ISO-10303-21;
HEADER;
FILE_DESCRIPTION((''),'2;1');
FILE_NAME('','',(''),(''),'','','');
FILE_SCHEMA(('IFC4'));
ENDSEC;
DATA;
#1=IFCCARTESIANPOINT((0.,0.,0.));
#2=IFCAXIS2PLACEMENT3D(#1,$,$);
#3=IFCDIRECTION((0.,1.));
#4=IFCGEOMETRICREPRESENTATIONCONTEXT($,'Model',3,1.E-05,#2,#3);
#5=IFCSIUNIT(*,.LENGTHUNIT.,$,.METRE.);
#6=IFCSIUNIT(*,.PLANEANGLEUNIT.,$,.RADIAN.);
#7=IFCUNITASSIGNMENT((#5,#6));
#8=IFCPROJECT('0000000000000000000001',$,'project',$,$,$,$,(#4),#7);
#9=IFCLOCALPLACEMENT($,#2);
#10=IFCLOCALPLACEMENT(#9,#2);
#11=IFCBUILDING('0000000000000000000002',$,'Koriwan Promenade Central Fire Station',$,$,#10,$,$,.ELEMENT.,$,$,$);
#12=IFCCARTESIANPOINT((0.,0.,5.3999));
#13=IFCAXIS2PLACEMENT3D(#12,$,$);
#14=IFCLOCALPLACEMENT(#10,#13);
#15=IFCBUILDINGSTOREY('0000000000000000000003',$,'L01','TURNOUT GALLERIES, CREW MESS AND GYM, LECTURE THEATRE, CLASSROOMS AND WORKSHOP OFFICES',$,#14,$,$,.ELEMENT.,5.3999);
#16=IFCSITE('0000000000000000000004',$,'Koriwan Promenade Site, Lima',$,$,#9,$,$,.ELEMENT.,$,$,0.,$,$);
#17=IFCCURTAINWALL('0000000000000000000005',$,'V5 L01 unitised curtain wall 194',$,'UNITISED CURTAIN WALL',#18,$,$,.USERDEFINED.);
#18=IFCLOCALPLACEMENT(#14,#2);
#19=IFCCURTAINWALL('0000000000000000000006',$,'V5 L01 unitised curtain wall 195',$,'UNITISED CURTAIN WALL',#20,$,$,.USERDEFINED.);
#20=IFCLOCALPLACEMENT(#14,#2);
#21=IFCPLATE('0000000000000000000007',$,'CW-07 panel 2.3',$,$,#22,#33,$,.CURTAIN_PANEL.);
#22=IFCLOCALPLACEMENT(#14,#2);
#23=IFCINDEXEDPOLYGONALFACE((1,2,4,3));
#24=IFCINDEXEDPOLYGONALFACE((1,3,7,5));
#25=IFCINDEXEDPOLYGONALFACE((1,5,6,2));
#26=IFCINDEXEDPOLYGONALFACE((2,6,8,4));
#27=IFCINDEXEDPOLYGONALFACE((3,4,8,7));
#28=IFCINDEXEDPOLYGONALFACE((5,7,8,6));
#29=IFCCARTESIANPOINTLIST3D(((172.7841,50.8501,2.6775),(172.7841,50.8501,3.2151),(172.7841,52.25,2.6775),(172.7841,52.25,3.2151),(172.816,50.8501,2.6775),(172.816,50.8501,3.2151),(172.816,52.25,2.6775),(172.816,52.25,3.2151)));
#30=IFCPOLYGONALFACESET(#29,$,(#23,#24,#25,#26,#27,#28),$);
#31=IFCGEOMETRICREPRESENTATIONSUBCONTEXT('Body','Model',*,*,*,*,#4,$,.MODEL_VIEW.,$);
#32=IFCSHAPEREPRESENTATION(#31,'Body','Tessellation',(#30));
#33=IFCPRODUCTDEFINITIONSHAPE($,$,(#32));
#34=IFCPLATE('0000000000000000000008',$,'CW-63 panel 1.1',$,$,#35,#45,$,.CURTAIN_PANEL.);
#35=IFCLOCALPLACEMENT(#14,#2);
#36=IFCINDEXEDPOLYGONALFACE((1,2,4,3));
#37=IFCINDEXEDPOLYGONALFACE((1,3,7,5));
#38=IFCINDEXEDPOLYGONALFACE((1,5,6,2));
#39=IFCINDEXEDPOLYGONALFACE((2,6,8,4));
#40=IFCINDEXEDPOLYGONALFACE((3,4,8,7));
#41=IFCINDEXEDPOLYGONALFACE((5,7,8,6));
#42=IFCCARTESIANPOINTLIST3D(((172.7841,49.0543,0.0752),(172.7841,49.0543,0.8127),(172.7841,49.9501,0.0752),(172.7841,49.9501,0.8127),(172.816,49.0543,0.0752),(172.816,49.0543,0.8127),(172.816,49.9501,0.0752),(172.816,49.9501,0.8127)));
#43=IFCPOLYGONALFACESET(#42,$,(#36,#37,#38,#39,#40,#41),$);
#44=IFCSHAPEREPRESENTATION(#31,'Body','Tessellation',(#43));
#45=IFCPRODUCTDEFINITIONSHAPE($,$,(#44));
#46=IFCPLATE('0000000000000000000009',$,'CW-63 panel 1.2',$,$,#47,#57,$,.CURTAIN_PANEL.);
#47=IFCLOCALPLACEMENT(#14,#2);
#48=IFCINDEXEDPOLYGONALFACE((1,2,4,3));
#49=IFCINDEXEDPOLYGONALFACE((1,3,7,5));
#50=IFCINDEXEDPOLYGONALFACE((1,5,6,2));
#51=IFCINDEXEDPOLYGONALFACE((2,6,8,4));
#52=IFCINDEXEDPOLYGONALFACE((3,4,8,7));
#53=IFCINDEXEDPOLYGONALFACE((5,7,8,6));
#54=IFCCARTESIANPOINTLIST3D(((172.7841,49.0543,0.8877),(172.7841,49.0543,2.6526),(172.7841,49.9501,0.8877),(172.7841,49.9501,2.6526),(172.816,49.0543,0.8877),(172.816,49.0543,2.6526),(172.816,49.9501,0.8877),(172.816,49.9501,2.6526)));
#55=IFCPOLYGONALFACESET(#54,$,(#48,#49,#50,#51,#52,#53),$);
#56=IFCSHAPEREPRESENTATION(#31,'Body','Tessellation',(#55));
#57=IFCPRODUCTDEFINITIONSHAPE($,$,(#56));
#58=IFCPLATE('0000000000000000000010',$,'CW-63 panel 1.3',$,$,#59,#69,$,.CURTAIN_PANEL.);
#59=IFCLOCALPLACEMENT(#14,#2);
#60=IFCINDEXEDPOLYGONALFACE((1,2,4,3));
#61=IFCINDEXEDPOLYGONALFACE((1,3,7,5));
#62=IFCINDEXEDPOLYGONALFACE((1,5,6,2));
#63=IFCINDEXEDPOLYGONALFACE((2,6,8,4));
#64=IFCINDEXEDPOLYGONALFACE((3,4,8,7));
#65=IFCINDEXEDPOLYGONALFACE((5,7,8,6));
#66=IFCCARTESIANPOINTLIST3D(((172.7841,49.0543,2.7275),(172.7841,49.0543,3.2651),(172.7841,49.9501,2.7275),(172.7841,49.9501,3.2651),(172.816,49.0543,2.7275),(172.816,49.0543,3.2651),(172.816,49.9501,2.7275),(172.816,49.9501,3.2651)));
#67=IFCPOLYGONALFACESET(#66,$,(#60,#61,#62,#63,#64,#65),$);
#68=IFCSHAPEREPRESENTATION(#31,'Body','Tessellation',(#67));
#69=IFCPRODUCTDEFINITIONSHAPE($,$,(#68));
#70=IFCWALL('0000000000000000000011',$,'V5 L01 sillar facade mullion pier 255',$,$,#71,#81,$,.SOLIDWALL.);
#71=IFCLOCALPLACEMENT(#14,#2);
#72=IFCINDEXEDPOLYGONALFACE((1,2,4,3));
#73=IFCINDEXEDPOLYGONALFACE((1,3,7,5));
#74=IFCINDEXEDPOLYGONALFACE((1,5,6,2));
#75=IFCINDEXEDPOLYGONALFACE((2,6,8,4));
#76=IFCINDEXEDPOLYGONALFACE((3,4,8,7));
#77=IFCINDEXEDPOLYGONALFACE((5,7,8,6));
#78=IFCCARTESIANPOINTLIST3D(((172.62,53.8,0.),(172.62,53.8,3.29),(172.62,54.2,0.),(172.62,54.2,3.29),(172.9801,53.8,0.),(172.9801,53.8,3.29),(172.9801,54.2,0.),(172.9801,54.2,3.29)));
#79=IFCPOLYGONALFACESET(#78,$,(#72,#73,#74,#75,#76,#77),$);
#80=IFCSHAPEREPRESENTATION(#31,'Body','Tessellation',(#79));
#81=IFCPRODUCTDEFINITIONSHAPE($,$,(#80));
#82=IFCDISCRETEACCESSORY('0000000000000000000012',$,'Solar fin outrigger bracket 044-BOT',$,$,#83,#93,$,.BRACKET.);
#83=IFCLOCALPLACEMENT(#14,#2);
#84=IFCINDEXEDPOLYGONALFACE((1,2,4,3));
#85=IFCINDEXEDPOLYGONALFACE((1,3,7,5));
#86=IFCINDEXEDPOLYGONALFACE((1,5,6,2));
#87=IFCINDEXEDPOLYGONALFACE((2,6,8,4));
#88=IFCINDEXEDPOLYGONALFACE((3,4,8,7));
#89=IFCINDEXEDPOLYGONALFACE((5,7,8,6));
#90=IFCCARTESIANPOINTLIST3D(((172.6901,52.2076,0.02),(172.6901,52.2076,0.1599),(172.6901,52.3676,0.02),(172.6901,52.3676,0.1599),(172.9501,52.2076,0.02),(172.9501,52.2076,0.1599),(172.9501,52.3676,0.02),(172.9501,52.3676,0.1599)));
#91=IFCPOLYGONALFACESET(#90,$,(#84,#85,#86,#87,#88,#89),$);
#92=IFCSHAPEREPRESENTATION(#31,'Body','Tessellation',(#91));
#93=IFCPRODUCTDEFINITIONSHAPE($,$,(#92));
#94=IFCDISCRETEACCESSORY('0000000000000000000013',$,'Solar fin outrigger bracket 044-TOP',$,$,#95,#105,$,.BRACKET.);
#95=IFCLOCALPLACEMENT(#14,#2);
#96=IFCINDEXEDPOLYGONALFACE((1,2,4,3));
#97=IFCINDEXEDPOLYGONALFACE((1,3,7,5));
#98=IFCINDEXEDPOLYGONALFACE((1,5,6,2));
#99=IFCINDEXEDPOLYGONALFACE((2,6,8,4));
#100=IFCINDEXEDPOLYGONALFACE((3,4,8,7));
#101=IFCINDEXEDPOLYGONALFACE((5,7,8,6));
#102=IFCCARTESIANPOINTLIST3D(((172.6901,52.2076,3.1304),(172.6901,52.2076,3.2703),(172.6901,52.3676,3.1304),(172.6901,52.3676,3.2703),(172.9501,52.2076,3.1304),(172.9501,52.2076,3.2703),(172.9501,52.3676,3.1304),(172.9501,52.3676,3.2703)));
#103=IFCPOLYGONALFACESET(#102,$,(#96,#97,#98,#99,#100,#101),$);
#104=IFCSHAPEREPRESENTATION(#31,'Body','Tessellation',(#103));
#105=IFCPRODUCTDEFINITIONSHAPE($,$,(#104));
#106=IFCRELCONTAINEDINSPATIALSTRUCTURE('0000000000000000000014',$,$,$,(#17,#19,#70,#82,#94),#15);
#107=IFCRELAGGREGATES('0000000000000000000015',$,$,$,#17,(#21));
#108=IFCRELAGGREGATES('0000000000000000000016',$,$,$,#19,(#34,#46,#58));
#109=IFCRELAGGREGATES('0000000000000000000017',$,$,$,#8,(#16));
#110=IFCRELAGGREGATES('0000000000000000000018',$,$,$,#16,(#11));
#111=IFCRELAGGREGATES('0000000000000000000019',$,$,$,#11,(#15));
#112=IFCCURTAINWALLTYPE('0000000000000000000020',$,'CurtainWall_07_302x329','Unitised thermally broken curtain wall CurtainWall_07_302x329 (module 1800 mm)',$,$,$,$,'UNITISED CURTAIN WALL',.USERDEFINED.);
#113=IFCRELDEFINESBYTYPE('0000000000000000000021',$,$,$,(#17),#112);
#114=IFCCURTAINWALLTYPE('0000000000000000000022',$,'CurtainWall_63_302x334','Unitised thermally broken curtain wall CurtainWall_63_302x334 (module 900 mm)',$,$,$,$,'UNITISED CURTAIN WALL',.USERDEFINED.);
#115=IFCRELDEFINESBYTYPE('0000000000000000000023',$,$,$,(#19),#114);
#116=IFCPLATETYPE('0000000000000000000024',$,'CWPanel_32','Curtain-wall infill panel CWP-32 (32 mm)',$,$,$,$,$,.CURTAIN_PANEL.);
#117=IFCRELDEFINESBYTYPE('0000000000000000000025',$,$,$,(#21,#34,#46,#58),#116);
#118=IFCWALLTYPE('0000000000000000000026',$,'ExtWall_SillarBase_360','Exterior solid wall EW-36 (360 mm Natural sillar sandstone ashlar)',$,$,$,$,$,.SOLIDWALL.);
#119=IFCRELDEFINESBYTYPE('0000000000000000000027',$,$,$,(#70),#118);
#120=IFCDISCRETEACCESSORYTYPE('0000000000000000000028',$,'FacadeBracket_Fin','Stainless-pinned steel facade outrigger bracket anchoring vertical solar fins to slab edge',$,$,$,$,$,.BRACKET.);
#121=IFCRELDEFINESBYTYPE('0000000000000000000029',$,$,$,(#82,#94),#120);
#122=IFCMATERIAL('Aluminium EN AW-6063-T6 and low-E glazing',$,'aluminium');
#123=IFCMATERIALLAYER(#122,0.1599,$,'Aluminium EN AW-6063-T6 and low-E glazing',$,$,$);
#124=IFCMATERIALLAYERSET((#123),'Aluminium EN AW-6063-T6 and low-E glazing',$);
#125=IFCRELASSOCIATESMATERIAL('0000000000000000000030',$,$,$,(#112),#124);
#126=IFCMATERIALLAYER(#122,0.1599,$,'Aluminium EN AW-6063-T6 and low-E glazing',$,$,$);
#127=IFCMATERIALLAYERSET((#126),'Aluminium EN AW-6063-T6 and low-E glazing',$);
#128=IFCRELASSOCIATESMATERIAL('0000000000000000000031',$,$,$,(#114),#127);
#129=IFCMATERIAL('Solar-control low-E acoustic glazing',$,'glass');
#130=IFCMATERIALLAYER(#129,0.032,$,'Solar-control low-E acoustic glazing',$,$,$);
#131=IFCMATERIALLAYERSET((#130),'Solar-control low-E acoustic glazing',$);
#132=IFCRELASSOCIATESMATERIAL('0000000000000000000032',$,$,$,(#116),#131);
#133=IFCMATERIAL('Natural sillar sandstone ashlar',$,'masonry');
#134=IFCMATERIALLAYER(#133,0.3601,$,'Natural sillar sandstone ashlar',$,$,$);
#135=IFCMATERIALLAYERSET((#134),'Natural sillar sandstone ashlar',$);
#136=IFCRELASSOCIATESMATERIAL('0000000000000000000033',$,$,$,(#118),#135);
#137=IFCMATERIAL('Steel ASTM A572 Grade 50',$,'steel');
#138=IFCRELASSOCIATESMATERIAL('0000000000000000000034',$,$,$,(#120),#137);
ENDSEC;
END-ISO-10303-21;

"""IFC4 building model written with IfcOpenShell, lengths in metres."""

from ifc_helpers import new_model, si_unit, direction, frame, frame_2d, origin, origin_2d, place, context, subcontext, project, spatial, rectangle, extrude, material, layer, layer_set, type_object, element, aggregate, save


model = new_model("IFC4")

# Units and contexts
model_context = context("Model", 3, precision=1e-05, world=origin(), true_north=direction((0.0, 1.0)))
body_context = subcontext(model_context, "Body", "Model", "MODEL_VIEW")
ifc_project = project(units=[si_unit("LENGTHUNIT", "METRE"), si_unit("PLANEANGLEUNIT", "RADIAN")], contexts=[model_context])

# Site, building, storey
site_placement = place(None, origin())
site = spatial("IfcSite", under=ifc_project, at=site_placement, Name="Koriwan Promenade Site, Lima", CompositionType="ELEMENT", RefElevation=0.0)
building_placement = place(site_placement, origin())
building = spatial("IfcBuilding", under=site, at=building_placement, Name="Koriwan Promenade Central Fire Station", CompositionType="ELEMENT")
storey_placement = place(building_placement, frame((0.0, 0.0, 5.3999)))
storey = spatial("IfcBuildingStorey", under=building, at=storey_placement, Name="L01", Description="TURNOUT GALLERIES, CREW MESS AND GYM, LECTURE THEATRE, CLASSROOMS AND WORKSHOP OFFICES", CompositionType="ELEMENT", Elevation=5.3999)

# Shared definitions
ifc_material_1 = material(Name="Aluminium EN AW-6063-T6 and low-E glazing", Category="aluminium")

# Curtain wall
ifc_layer_1 = layer(ifc_material_1, 0.1599, Name="Aluminium EN AW-6063-T6 and low-E glazing")
ifc_layer_set_1 = layer_set([ifc_layer_1], Name="Aluminium EN AW-6063-T6 and low-E glazing")
curtain_wall_type_1 = type_object("IfcCurtainWallType", Name="CurtainWall_07_302x329", Description="Unitised thermally broken curtain wall CurtainWall_07_302x329 (module 1800 mm)", ElementType="UNITISED CURTAIN WALL", PredefinedType="USERDEFINED", material=ifc_layer_set_1)
curtain_wall_1_placement = place(storey_placement, origin())
curtain_wall_1 = element("IfcCurtainWall", 1, at=curtain_wall_1_placement, inside=storey, type_object=curtain_wall_type_1, Name="V5 L01 unitised curtain wall 194", ObjectType="UNITISED CURTAIN WALL", PredefinedType="USERDEFINED")

# Curtain wall
ifc_layer_2 = layer(ifc_material_1, 0.1599, Name="Aluminium EN AW-6063-T6 and low-E glazing")
ifc_layer_set_2 = layer_set([ifc_layer_2], Name="Aluminium EN AW-6063-T6 and low-E glazing")
curtain_wall_type_2 = type_object("IfcCurtainWallType", Name="CurtainWall_63_302x334", Description="Unitised thermally broken curtain wall CurtainWall_63_302x334 (module 900 mm)", ElementType="UNITISED CURTAIN WALL", PredefinedType="USERDEFINED", material=ifc_layer_set_2)
curtain_wall_2_placement = place(storey_placement, origin())
curtain_wall_2 = element("IfcCurtainWall", 2, at=curtain_wall_2_placement, inside=storey, type_object=curtain_wall_type_2, Name="V5 L01 unitised curtain wall 195", ObjectType="UNITISED CURTAIN WALL", PredefinedType="USERDEFINED")

# Plates
ifc_material_2 = material(Name="Solar-control low-E acoustic glazing", Category="glass")
ifc_layer_3 = layer(ifc_material_2, 0.032, Name="Solar-control low-E acoustic glazing")
ifc_layer_set_3 = layer_set([ifc_layer_3], Name="Solar-control low-E acoustic glazing")
plate_type = type_object("IfcPlateType", Name="CWPanel_32", Description="Curtain-wall infill panel CWP-32 (32 mm)", PredefinedType="CURTAIN_PANEL", material=ifc_layer_set_3)
plate_1_placement = place(storey_placement, frame((172.8, 51.55, 2.6775), z_axis=(0.0, 0.0, 1.0), x_axis=(0.0, -1.0, 0.0)))
plate_1 = element("IfcPlate", 3, at=plate_1_placement, type_object=plate_type, Name="CW-07 panel 2.3", PredefinedType="CURTAIN_PANEL", context=body_context, shape_type="SweptSolid", body=[
    extrude(rectangle(XDim=1.3999, YDim=0.032, at=origin_2d()), origin(), (0.0, 0.0, 1.0), 0.5376),
])
aggregate(curtain_wall_1, [plate_1])
plate_2_placement = place(storey_placement, frame((172.8, 49.5022, 0.0752), z_axis=(0.0, 0.0, 1.0), x_axis=(0.0, -1.0, 0.0)))
plate_2 = element("IfcPlate", 4, at=plate_2_placement, type_object=plate_type, Name="CW-63 panel 1.1", PredefinedType="CURTAIN_PANEL", context=body_context, shape_type="SweptSolid", body=[
    extrude(rectangle(XDim=0.8958, YDim=0.032, at=origin_2d()), origin(), (0.0, 0.0, 1.0), 0.7375),
])
plate_3_placement = place(storey_placement, frame((172.8, 49.5022, 0.8877), z_axis=(0.0, 0.0, 1.0), x_axis=(0.0, -1.0, 0.0)))
plate_3 = element("IfcPlate", 5, at=plate_3_placement, type_object=plate_type, Name="CW-63 panel 1.2", PredefinedType="CURTAIN_PANEL", context=body_context, shape_type="SweptSolid", body=[
    extrude(rectangle(XDim=0.8958, YDim=0.032, at=origin_2d()), origin(), (0.0, 0.0, 1.0), 1.7649),
])
plate_4_placement = place(storey_placement, frame((172.8, 49.5022, 2.7275), z_axis=(0.0, 0.0, 1.0), x_axis=(0.0, -1.0, 0.0)))
plate_4 = element("IfcPlate", 6, at=plate_4_placement, type_object=plate_type, Name="CW-63 panel 1.3", PredefinedType="CURTAIN_PANEL", context=body_context, shape_type="SweptSolid", body=[
    extrude(rectangle(XDim=0.8958, YDim=0.032, at=origin_2d()), origin(), (0.0, 0.0, 1.0), 0.5376),
])
aggregate(curtain_wall_2, [plate_2, plate_3, plate_4])

# Wall
ifc_material_3 = material(Name="Natural sillar sandstone ashlar", Category="masonry")
ifc_layer_4 = layer(ifc_material_3, 0.3601, Name="Natural sillar sandstone ashlar")
ifc_layer_set_4 = layer_set([ifc_layer_4], Name="Natural sillar sandstone ashlar")
wall_type = type_object("IfcWallType", Name="ExtWall_SillarBase_360", Description="Exterior solid wall EW-36 (360 mm Natural sillar sandstone ashlar)", PredefinedType="SOLIDWALL", material=ifc_layer_set_4)
wall_placement = place(storey_placement, frame((172.8, 54.2, 0.0), z_axis=(0.0, 0.0, 1.0), x_axis=(0.0, -1.0, 0.0)))
element("IfcWall", 7, at=wall_placement, inside=storey, type_object=wall_type, Name="V5 L01 sillar facade mullion pier 255", PredefinedType="SOLIDWALL", context=body_context, shape_type="SweptSolid", body=[
    extrude(rectangle(XDim=0.3999, YDim=0.3601, at=frame_2d((0.2, 0.0))), origin(), (0.0, 0.0, 1.0), 3.29),
])

# Discrete accessories
ifc_material_4 = material(Name="Steel ASTM A572 Grade 50", Category="steel")
discrete_accessory_type = type_object("IfcDiscreteAccessoryType", Name="FacadeBracket_Fin", Description="Stainless-pinned steel facade outrigger bracket anchoring vertical solar fins to slab edge", PredefinedType="BRACKET", material=ifc_material_4)
for number, where, z_axis, x_axis, name in (
    (8, (172.8201, 52.2876, 0.02), (0.0, 0.0, 1.0), (1.0, 0.0, 0.0), "Solar fin outrigger bracket 044-BOT"),
    (9, (172.8201, 52.2876, 3.1304), (0.0, 0.0, 1.0), (1.0, 0.0, 0.0), "Solar fin outrigger bracket 044-TOP"),
):
    element("IfcDiscreteAccessory", number, at=place(storey_placement, frame(where, z_axis=z_axis, x_axis=x_axis)), inside=storey, type_object=discrete_accessory_type, Name=name, PredefinedType="BRACKET", context=body_context, shape_type="SweptSolid", body=[
        extrude(rectangle(XDim=0.26, YDim=0.1599, at=origin_2d()), origin(), (0.0, 0.0, 1.0), 0.1399),
    ])

save(model, "model.ifc")
